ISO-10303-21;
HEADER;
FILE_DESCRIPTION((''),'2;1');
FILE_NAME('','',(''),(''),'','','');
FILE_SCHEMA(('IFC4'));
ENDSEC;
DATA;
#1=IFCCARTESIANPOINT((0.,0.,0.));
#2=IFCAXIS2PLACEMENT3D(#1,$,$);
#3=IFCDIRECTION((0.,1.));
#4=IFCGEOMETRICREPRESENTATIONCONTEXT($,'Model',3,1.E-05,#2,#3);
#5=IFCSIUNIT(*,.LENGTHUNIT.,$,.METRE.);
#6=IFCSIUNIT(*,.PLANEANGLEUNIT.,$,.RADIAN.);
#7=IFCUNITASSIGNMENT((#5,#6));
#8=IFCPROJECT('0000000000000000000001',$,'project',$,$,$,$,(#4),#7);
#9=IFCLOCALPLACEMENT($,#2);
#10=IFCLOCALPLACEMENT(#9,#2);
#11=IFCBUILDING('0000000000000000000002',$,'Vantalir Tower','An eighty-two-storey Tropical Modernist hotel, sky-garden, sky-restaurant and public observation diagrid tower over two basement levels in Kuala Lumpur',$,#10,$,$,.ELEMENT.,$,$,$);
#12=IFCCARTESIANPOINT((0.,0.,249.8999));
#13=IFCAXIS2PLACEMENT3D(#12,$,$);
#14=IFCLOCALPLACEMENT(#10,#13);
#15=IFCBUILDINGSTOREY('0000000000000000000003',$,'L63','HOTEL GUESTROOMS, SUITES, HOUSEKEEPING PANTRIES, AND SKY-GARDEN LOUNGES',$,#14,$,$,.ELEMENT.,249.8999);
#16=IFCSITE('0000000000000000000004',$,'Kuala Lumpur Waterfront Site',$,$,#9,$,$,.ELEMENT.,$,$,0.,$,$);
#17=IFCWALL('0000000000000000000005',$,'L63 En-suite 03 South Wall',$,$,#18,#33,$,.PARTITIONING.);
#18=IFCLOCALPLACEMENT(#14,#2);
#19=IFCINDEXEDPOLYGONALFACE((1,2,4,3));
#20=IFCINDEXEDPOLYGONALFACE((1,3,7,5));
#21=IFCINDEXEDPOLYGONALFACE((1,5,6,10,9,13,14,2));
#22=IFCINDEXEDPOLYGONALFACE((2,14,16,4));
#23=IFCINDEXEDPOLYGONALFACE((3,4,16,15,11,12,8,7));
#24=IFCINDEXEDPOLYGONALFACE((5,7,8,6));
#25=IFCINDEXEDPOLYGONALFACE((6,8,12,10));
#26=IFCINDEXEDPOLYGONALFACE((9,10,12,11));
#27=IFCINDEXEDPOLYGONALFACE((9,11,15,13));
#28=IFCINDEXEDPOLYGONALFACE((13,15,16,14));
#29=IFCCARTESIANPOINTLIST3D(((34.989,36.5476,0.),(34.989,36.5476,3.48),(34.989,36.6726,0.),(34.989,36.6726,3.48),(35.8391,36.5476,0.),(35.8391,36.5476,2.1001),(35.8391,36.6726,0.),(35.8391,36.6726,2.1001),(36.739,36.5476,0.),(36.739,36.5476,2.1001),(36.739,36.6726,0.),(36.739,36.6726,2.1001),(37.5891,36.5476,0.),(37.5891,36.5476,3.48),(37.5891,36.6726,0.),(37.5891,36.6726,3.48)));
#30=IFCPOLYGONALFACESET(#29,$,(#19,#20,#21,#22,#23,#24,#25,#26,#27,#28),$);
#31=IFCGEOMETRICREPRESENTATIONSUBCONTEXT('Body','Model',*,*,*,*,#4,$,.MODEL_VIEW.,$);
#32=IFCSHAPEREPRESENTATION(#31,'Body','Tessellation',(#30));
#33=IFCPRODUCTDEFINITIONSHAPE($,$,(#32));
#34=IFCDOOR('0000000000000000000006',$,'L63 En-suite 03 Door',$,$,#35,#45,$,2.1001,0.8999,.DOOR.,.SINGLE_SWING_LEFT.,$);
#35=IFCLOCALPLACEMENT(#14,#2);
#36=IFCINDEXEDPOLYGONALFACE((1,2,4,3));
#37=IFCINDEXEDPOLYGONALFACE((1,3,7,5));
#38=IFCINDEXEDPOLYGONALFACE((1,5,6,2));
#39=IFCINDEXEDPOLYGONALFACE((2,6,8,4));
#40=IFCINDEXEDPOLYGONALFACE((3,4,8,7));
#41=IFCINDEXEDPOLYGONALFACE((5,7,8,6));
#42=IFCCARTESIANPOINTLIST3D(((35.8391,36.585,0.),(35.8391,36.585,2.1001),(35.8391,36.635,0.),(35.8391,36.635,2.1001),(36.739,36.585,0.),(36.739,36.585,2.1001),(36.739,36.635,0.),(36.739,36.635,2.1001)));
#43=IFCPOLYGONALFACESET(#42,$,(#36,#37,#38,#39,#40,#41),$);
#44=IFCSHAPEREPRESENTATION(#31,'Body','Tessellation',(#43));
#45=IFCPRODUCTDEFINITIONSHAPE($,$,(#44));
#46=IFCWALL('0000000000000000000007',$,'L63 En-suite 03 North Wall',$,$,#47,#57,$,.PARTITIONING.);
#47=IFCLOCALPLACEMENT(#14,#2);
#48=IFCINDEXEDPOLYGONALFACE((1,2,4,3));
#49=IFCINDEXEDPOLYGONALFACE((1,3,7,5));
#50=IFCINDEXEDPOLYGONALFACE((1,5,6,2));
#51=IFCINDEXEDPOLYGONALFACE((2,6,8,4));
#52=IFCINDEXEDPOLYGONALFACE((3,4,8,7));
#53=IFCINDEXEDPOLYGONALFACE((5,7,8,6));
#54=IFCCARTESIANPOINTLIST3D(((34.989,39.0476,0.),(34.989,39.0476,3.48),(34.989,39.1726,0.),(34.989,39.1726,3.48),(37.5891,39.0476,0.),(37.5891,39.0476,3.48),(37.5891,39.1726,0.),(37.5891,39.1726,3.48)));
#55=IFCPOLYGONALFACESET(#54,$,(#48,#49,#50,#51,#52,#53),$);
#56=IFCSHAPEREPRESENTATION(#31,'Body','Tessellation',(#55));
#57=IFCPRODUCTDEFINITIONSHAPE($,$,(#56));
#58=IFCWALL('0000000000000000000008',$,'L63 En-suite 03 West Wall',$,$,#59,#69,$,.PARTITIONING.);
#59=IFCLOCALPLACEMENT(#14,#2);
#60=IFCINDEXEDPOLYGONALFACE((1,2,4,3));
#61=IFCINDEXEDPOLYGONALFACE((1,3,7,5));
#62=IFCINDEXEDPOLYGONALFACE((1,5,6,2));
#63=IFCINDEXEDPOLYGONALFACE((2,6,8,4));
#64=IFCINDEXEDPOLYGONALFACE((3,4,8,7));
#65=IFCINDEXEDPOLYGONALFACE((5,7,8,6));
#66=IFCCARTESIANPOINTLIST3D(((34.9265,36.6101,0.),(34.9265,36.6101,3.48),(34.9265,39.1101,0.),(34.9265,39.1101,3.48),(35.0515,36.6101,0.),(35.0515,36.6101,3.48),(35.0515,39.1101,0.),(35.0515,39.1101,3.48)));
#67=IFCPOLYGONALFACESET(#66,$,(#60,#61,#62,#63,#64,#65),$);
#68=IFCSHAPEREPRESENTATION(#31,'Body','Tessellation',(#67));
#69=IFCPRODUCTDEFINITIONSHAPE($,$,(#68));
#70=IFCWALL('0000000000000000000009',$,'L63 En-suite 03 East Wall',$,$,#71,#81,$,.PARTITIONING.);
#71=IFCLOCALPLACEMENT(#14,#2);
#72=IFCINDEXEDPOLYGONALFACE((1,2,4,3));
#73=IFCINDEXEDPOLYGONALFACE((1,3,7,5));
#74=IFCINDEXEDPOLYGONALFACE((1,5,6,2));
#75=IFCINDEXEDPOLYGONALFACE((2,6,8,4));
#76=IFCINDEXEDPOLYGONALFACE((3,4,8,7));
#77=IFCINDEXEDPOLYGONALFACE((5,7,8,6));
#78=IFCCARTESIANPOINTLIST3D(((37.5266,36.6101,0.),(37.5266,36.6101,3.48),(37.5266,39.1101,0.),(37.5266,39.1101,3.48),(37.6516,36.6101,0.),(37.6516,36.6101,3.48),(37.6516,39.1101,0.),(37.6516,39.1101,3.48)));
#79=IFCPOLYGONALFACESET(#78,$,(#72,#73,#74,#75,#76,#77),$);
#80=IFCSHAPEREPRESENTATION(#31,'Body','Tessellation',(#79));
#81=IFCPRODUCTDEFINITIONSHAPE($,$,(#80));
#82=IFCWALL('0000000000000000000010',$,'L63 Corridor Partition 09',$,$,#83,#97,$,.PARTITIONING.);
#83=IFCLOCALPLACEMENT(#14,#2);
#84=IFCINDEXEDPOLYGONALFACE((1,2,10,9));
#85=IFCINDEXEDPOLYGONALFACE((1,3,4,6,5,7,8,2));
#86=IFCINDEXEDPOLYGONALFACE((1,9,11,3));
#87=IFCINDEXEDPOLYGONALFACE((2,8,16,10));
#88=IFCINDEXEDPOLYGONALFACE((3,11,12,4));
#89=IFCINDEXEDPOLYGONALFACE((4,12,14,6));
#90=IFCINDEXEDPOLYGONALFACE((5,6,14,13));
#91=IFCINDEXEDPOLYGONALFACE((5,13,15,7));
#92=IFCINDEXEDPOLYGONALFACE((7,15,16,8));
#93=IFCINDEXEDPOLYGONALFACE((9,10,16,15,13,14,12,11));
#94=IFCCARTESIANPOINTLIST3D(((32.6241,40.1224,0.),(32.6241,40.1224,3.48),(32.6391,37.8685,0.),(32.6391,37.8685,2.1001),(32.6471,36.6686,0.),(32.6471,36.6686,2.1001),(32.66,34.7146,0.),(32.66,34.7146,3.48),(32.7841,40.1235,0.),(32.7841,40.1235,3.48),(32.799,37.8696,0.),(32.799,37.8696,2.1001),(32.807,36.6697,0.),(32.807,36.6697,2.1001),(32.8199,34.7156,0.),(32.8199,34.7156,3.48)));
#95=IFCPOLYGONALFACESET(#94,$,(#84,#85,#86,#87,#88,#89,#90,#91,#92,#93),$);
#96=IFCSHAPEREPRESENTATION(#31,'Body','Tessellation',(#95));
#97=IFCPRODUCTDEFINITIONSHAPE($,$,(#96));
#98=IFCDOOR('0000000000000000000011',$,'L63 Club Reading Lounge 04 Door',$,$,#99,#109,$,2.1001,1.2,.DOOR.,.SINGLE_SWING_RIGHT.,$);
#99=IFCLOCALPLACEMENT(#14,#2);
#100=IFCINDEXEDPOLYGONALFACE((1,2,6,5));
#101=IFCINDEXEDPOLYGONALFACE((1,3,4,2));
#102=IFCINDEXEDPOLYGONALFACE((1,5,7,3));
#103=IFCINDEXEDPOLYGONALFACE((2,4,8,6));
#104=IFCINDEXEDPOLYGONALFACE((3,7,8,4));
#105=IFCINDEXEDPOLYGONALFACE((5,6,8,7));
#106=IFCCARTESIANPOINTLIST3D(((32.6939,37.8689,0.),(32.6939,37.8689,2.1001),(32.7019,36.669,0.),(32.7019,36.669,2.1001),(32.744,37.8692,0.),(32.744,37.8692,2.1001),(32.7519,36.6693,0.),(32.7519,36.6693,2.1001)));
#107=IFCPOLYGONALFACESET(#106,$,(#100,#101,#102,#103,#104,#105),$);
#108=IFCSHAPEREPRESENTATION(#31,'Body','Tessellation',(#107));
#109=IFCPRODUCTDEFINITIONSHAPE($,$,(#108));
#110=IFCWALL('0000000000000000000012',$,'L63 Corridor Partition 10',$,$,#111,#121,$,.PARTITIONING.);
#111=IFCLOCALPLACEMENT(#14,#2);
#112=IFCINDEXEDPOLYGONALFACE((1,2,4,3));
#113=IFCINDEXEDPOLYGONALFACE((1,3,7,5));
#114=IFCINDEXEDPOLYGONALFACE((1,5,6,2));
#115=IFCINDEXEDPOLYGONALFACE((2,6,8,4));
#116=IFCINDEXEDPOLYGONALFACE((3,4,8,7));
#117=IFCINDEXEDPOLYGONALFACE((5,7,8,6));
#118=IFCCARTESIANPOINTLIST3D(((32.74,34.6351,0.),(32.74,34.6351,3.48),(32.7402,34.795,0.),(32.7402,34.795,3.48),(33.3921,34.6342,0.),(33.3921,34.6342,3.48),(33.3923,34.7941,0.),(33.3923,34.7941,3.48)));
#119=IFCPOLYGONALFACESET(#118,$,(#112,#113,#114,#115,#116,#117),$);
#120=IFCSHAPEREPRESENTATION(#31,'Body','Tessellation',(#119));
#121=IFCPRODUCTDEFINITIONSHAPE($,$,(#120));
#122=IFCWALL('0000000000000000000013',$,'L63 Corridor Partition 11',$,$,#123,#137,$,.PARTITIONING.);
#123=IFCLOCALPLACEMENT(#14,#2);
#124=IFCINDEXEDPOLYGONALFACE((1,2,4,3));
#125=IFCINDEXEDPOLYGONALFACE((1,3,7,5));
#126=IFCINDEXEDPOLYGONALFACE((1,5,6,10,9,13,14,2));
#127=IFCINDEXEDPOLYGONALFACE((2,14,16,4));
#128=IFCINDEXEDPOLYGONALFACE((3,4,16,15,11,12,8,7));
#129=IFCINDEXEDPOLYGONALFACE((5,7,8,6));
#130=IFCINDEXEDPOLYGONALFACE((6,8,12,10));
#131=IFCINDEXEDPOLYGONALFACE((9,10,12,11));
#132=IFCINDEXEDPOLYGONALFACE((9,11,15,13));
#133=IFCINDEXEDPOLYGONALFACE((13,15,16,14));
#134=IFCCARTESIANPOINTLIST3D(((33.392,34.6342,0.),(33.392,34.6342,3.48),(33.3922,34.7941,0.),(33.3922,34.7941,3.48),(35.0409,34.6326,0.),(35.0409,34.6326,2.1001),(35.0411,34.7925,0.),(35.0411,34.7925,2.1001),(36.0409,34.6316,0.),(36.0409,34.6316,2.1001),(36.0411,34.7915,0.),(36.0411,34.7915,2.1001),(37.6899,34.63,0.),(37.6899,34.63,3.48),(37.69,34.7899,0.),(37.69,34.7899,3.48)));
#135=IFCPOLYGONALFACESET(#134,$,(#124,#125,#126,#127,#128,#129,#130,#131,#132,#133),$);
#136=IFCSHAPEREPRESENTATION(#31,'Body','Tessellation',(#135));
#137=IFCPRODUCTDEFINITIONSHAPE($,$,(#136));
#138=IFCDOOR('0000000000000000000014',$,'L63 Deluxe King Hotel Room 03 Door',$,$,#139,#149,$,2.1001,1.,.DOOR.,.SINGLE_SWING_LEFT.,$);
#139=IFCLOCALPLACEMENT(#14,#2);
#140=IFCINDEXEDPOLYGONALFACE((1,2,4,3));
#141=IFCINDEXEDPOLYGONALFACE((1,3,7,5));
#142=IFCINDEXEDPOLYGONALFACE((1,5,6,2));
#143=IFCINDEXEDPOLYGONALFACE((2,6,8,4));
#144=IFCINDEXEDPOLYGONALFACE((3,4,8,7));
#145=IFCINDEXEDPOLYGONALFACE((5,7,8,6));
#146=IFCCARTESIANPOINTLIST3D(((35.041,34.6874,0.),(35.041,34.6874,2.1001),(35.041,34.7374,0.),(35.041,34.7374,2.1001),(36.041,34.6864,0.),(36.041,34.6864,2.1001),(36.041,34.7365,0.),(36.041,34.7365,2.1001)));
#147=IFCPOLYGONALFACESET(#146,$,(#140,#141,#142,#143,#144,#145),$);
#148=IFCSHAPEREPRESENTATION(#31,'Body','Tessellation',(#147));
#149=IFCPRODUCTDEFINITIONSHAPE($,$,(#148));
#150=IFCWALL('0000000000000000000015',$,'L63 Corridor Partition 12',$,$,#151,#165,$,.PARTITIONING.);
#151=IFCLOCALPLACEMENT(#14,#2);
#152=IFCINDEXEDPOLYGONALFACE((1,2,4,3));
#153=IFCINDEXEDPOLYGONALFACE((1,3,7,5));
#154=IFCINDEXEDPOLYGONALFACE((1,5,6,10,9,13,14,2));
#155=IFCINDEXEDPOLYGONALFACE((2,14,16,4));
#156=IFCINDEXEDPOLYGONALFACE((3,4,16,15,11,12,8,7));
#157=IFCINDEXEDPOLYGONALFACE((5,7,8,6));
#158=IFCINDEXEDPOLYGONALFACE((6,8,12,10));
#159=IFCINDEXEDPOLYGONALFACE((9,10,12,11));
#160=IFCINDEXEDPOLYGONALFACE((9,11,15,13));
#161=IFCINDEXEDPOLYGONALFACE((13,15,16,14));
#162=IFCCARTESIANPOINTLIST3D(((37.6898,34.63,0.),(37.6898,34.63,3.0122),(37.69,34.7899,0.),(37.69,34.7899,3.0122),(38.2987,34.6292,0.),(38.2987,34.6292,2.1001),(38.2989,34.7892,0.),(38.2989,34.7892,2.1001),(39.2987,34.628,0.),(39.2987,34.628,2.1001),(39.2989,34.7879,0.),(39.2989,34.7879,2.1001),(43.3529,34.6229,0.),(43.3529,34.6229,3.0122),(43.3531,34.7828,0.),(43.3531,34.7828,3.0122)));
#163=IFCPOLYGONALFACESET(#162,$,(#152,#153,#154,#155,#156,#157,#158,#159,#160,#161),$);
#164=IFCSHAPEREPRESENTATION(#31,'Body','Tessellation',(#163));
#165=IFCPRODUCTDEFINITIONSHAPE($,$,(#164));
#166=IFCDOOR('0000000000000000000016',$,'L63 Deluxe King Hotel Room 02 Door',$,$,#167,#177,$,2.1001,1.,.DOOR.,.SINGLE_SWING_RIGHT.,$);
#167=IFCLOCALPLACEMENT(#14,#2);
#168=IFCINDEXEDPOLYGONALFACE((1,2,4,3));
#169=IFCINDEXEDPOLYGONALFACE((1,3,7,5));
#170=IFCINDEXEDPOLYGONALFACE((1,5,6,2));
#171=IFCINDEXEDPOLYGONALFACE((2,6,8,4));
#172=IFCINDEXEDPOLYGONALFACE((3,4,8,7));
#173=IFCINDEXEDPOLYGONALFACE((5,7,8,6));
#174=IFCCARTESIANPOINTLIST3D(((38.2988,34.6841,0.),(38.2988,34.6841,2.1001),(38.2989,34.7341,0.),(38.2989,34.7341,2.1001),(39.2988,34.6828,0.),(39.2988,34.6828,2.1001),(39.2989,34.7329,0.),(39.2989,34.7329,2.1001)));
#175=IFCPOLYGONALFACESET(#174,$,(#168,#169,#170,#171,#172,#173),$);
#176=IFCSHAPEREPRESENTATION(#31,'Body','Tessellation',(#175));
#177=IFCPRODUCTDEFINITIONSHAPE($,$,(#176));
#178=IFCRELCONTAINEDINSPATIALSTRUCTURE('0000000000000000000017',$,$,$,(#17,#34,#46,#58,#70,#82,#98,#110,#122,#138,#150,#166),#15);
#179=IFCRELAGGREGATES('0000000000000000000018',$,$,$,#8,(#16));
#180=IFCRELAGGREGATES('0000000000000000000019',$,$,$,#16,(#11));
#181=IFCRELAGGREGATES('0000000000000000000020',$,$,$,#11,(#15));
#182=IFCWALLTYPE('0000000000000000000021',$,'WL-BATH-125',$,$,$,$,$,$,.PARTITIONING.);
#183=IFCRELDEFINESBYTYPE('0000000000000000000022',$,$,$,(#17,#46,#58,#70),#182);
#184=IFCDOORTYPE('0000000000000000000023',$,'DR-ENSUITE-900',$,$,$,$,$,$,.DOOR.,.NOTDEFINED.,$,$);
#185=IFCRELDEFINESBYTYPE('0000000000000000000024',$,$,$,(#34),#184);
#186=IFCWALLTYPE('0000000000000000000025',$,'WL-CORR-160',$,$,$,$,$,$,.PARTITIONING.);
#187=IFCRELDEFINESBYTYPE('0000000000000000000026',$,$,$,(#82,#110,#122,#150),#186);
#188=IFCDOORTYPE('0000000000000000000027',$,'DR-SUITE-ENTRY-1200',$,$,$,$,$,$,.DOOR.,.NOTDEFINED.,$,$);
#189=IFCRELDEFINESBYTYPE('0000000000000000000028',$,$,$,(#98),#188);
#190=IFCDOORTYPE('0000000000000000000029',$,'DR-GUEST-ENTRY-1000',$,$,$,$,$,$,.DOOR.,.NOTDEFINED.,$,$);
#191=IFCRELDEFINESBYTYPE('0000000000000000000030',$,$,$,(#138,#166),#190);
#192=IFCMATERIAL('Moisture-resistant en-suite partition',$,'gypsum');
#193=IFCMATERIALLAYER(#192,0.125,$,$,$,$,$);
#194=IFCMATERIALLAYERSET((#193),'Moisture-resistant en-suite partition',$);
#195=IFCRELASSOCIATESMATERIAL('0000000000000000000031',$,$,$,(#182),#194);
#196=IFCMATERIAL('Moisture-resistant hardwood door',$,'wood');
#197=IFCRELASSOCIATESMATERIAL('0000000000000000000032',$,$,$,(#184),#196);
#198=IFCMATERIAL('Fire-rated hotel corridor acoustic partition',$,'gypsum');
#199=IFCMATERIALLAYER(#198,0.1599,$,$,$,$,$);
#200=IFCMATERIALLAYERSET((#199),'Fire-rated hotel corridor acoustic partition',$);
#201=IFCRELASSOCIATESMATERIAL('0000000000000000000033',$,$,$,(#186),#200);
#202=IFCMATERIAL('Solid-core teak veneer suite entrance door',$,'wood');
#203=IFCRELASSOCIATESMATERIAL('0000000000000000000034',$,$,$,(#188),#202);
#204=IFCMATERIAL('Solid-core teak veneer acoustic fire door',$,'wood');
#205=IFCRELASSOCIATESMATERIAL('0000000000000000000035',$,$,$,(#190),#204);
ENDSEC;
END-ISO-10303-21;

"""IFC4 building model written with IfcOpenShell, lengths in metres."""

from ifc_helpers import new_model, si_unit, direction, frame, frame_2d, origin, place, context, subcontext, project, spatial, rectangle, extrude, material, layer, layer_set, type_object, element, fill, save


model = new_model("IFC4")

# Units and contexts
model_context = context("Model", 3, precision=1e-05, world=origin(), true_north=direction((0.0, 1.0)))
body_context = subcontext(model_context, "Body", "Model", "MODEL_VIEW")
ifc_project = project(units=[si_unit("LENGTHUNIT", "METRE"), si_unit("PLANEANGLEUNIT", "RADIAN")], contexts=[model_context])

# Site, building, storey
site_placement = place(None, origin())
site = spatial("IfcSite", under=ifc_project, at=site_placement, Name="Kuala Lumpur Waterfront Site", CompositionType="ELEMENT", RefElevation=0.0)
building_placement = place(site_placement, origin())
building = spatial("IfcBuilding", under=site, at=building_placement, Name="Vantalir Tower", Description="An eighty-two-storey Tropical Modernist hotel, sky-garden, sky-restaurant and public observation diagrid tower over two basement levels in Kuala Lumpur", CompositionType="ELEMENT")
storey_placement = place(building_placement, frame((0.0, 0.0, 249.8999)))
storey = spatial("IfcBuildingStorey", under=building, at=storey_placement, Name="L63", Description="HOTEL GUESTROOMS, SUITES, HOUSEKEEPING PANTRIES, AND SKY-GARDEN LOUNGES", CompositionType="ELEMENT", Elevation=249.8999)

# Shared definitions
ifc_material_1 = material(Name="Moisture-resistant en-suite partition", Category="gypsum")
ifc_layer_1 = layer(ifc_material_1, 0.125)
ifc_layer_set_1 = layer_set([ifc_layer_1], Name="Moisture-resistant en-suite partition")
wall_type_1 = type_object("IfcWallType", Name="WL-BATH-125", PredefinedType="PARTITIONING", material=ifc_layer_set_1)
ifc_material_2 = material(Name="Moisture-resistant hardwood door", Category="wood")
door_type_1 = type_object("IfcDoorType", Name="DR-ENSUITE-900", OperationType="NOTDEFINED", PredefinedType="DOOR", material=ifc_material_2)

# Wall, opening, door
wall_1_placement = place(storey_placement, frame((34.989, 36.6101, 0.0), z_axis=(0.0, 0.0, 1.0), x_axis=(1.0, 0.0, 0.0)))
wall_1 = element("IfcWall", 1, at=wall_1_placement, inside=storey, type_object=wall_type_1, Name="L63 En-suite 03 South Wall", PredefinedType="PARTITIONING", context=body_context, shape_type="SweptSolid", body=[
    extrude(rectangle(XDim=2.6001, YDim=0.125, at=frame_2d((1.3, 0.0))), origin(), (0.0, 0.0, 1.0), 3.48),
])
opening_1_placement = place(wall_1_placement, frame((0.8501, 0.0, 0.0)))
opening_1 = element("IfcOpeningElement", 2, at=opening_1_placement, cuts=wall_1, PredefinedType="OPENING", context=body_context, shape_type="SweptSolid", body=[
    extrude(rectangle(XDim=0.8999, YDim=2.1001, at=frame_2d((0.45, 1.05))), frame((0.0, 0.0725, 0.0), z_axis=(0.0, -1.0, 0.0), x_axis=(1.0, 0.0, 0.0)), (0.0, 0.0, 1.0), 0.145),
])
door_1_placement = place(opening_1_placement, origin())
door_1 = element("IfcDoor", 3, at=door_1_placement, inside=storey, type_object=door_type_1, Name="L63 En-suite 03 Door", OperationType="SINGLE_SWING_LEFT", OverallHeight=2.1001, OverallWidth=0.8999, PredefinedType="DOOR", context=body_context, shape_type="SweptSolid", body=[
    extrude(rectangle(XDim=0.8999, YDim=2.1001, at=frame_2d((0.45, 1.05))), frame((0.0, 0.0249, 0.0), z_axis=(0.0, -1.0, 0.0), x_axis=(1.0, 0.0, 0.0)), (0.0, 0.0, 1.0), 0.05),
])
fill(opening_1, door_1)

# Walls
wall_2_placement = place(storey_placement, frame((34.989, 39.1101, 0.0), z_axis=(0.0, 0.0, 1.0), x_axis=(1.0, 0.0, 0.0)))
element("IfcWall", 4, at=wall_2_placement, inside=storey, type_object=wall_type_1, Name="L63 En-suite 03 North Wall", PredefinedType="PARTITIONING", context=body_context, shape_type="SweptSolid", body=[
    extrude(rectangle(XDim=2.6001, YDim=0.125, at=frame_2d((1.3, 0.0))), origin(), (0.0, 0.0, 1.0), 3.48),
])
for number, where, z_axis, x_axis, name in (
    (5, (34.989, 36.6101, 0.0), (0.0, 0.0, 1.0), (0.0, 1.0, 0.0), "L63 En-suite 03 West Wall"),
    (6, (37.5891, 36.6101, 0.0), (0.0, 0.0, 1.0), (0.0, 1.0, 0.0), "L63 En-suite 03 East Wall"),
):
    element("IfcWall", number, at=place(storey_placement, frame(where, z_axis=z_axis, x_axis=x_axis)), inside=storey, type_object=wall_type_1, Name=name, PredefinedType="PARTITIONING", context=body_context, shape_type="SweptSolid", body=[
        extrude(rectangle(XDim=2.5, YDim=0.125, at=frame_2d((1.25, 0.0))), origin(), (0.0, 0.0, 1.0), 3.48),
    ])

# Wall, opening, door
ifc_material_3 = material(Name="Fire-rated hotel corridor acoustic partition", Category="gypsum")
ifc_layer_2 = layer(ifc_material_3, 0.1599)
ifc_layer_set_2 = layer_set([ifc_layer_2], Name="Fire-rated hotel corridor acoustic partition")
wall_type_2 = type_object("IfcWallType", Name="WL-CORR-160", PredefinedType="PARTITIONING", material=ifc_layer_set_2)
wall_3_placement = place(storey_placement, frame((32.7041, 40.123, 0.0), z_axis=(0.0, 0.0, 1.0), x_axis=(0.006636, -0.999978, 0.0)))
wall_3 = element("IfcWall", 7, at=wall_3_placement, inside=storey, type_object=wall_type_2, Name="L63 Corridor Partition 09", PredefinedType="PARTITIONING", context=body_context, shape_type="SweptSolid", body=[
    extrude(rectangle(XDim=5.408, YDim=0.1599, at=frame_2d((2.7041, 0.0))), origin(), (0.0, 0.0, 1.0), 3.48),
])
opening_2_placement = place(wall_3_placement, frame((2.2539, 0.0, 0.0)))
opening_2 = element("IfcOpeningElement", 8, at=opening_2_placement, cuts=wall_3, PredefinedType="OPENING", context=body_context, shape_type="SweptSolid", body=[
    extrude(rectangle(XDim=1.2, YDim=2.1001, at=frame_2d((0.6001, 1.05))), frame((0.0, 0.0898, 0.0), z_axis=(0.0, -1.0, 0.0), x_axis=(1.0, 0.0, 0.0)), (0.0, 0.0, 1.0), 0.1799),
])
ifc_material_4 = material(Name="Solid-core teak veneer suite entrance door", Category="wood")
door_type_2 = type_object("IfcDoorType", Name="DR-SUITE-ENTRY-1200", OperationType="NOTDEFINED", PredefinedType="DOOR", material=ifc_material_4)
door_2_placement = place(opening_2_placement, origin())
door_2 = element("IfcDoor", 9, at=door_2_placement, inside=storey, type_object=door_type_2, Name="L63 Club Reading Lounge 04 Door", OperationType="SINGLE_SWING_RIGHT", OverallHeight=2.1001, OverallWidth=1.2, PredefinedType="DOOR", context=body_context, shape_type="SweptSolid", body=[
    extrude(rectangle(XDim=1.2, YDim=2.1001, at=frame_2d((0.6001, 1.05))), frame((0.0, 0.0249, 0.0), z_axis=(0.0, -1.0, 0.0), x_axis=(1.0, 0.0, 0.0)), (0.0, 0.0, 1.0), 0.05),
])
fill(opening_2, door_2)

# Wall
wall_4_placement = place(storey_placement, frame((32.74, 34.7151, 0.0), z_axis=(0.0, 0.0, 1.0), x_axis=(0.999999, -0.001498, 0.0)))
element("IfcWall", 10, at=wall_4_placement, inside=storey, type_object=wall_type_2, Name="L63 Corridor Partition 10", PredefinedType="PARTITIONING", context=body_context, shape_type="SweptSolid", body=[
    extrude(rectangle(XDim=0.6521, YDim=0.1599, at=frame_2d((0.3262, 0.0))), origin(), (0.0, 0.0, 1.0), 3.48),
])

# Walls, openings, doors
wall_5_placement = place(storey_placement, frame((33.3921, 34.7141, 0.0), z_axis=(0.0, 0.0, 1.0), x_axis=(1.0, -0.000966, 0.0)))
wall_5 = element("IfcWall", 11, at=wall_5_placement, inside=storey, type_object=wall_type_2, Name="L63 Corridor Partition 11", PredefinedType="PARTITIONING", context=body_context, shape_type="SweptSolid", body=[
    extrude(rectangle(XDim=4.2979, YDim=0.1599, at=frame_2d((2.1489, 0.0))), origin(), (0.0, 0.0, 1.0), 3.48),
])
opening_3_placement = place(wall_5_placement, frame((1.6489, 0.0, 0.0)))
opening_3 = element("IfcOpeningElement", 12, at=opening_3_placement, cuts=wall_5, PredefinedType="OPENING", context=body_context, shape_type="SweptSolid", body=[
    extrude(rectangle(XDim=1.0, YDim=2.1001, at=frame_2d((0.5, 1.05))), frame((0.0, 0.0898, 0.0), z_axis=(0.0, -1.0, 0.0), x_axis=(1.0, 0.0, 0.0)), (0.0, 0.0, 1.0), 0.1799),
])
ifc_material_5 = material(Name="Solid-core teak veneer acoustic fire door", Category="wood")
door_type_3 = type_object("IfcDoorType", Name="DR-GUEST-ENTRY-1000", OperationType="NOTDEFINED", PredefinedType="DOOR", material=ifc_material_5)
door_3_placement = place(opening_3_placement, origin())
door_3 = element("IfcDoor", 13, at=door_3_placement, inside=storey, type_object=door_type_3, Name="L63 Deluxe King Hotel Room 03 Door", OperationType="SINGLE_SWING_LEFT", OverallHeight=2.1001, OverallWidth=1.0, PredefinedType="DOOR", context=body_context, shape_type="SweptSolid", body=[
    extrude(rectangle(XDim=1.0, YDim=2.1001, at=frame_2d((0.5, 1.05))), frame((0.0, 0.0249, 0.0), z_axis=(0.0, -1.0, 0.0), x_axis=(1.0, 0.0, 0.0)), (0.0, 0.0, 1.0), 0.05),
])
fill(opening_3, door_3)
wall_6_placement = place(storey_placement, frame((37.6899, 34.71, 0.0), z_axis=(0.0, 0.0, 1.0), x_axis=(0.999999, -0.00125, 0.0)))
wall_6 = element("IfcWall", 14, at=wall_6_placement, inside=storey, type_object=wall_type_2, Name="L63 Corridor Partition 12", PredefinedType="PARTITIONING", context=body_context, shape_type="SweptSolid", body=[
    extrude(rectangle(XDim=5.6631, YDim=0.1599, at=frame_2d((2.8315, 0.0))), origin(), (0.0, 0.0, 1.0), 3.0122),
])
opening_4_placement = place(wall_6_placement, frame((0.6089, 0.0, 0.0)))
opening_4 = element("IfcOpeningElement", 15, at=opening_4_placement, cuts=wall_6, PredefinedType="OPENING", context=body_context, shape_type="SweptSolid", body=[
    extrude(rectangle(XDim=1.0, YDim=2.1001, at=frame_2d((0.5, 1.05))), frame((0.0, 0.0898, 0.0), z_axis=(0.0, -1.0, 0.0), x_axis=(1.0, 0.0, 0.0)), (0.0, 0.0, 1.0), 0.1799),
])
door_4_placement = place(opening_4_placement, origin())
door_4 = element("IfcDoor", 16, at=door_4_placement, inside=storey, type_object=door_type_3, Name="L63 Deluxe King Hotel Room 02 Door", OperationType="SINGLE_SWING_RIGHT", OverallHeight=2.1001, OverallWidth=1.0, PredefinedType="DOOR", context=body_context, shape_type="SweptSolid", body=[
    extrude(rectangle(XDim=1.0, YDim=2.1001, at=frame_2d((0.5, 1.05))), frame((0.0, 0.0249, 0.0), z_axis=(0.0, -1.0, 0.0), x_axis=(1.0, 0.0, 0.0)), (0.0, 0.0, 1.0), 0.05),
])
fill(opening_4, door_4)

save(model, "model.ifc")
